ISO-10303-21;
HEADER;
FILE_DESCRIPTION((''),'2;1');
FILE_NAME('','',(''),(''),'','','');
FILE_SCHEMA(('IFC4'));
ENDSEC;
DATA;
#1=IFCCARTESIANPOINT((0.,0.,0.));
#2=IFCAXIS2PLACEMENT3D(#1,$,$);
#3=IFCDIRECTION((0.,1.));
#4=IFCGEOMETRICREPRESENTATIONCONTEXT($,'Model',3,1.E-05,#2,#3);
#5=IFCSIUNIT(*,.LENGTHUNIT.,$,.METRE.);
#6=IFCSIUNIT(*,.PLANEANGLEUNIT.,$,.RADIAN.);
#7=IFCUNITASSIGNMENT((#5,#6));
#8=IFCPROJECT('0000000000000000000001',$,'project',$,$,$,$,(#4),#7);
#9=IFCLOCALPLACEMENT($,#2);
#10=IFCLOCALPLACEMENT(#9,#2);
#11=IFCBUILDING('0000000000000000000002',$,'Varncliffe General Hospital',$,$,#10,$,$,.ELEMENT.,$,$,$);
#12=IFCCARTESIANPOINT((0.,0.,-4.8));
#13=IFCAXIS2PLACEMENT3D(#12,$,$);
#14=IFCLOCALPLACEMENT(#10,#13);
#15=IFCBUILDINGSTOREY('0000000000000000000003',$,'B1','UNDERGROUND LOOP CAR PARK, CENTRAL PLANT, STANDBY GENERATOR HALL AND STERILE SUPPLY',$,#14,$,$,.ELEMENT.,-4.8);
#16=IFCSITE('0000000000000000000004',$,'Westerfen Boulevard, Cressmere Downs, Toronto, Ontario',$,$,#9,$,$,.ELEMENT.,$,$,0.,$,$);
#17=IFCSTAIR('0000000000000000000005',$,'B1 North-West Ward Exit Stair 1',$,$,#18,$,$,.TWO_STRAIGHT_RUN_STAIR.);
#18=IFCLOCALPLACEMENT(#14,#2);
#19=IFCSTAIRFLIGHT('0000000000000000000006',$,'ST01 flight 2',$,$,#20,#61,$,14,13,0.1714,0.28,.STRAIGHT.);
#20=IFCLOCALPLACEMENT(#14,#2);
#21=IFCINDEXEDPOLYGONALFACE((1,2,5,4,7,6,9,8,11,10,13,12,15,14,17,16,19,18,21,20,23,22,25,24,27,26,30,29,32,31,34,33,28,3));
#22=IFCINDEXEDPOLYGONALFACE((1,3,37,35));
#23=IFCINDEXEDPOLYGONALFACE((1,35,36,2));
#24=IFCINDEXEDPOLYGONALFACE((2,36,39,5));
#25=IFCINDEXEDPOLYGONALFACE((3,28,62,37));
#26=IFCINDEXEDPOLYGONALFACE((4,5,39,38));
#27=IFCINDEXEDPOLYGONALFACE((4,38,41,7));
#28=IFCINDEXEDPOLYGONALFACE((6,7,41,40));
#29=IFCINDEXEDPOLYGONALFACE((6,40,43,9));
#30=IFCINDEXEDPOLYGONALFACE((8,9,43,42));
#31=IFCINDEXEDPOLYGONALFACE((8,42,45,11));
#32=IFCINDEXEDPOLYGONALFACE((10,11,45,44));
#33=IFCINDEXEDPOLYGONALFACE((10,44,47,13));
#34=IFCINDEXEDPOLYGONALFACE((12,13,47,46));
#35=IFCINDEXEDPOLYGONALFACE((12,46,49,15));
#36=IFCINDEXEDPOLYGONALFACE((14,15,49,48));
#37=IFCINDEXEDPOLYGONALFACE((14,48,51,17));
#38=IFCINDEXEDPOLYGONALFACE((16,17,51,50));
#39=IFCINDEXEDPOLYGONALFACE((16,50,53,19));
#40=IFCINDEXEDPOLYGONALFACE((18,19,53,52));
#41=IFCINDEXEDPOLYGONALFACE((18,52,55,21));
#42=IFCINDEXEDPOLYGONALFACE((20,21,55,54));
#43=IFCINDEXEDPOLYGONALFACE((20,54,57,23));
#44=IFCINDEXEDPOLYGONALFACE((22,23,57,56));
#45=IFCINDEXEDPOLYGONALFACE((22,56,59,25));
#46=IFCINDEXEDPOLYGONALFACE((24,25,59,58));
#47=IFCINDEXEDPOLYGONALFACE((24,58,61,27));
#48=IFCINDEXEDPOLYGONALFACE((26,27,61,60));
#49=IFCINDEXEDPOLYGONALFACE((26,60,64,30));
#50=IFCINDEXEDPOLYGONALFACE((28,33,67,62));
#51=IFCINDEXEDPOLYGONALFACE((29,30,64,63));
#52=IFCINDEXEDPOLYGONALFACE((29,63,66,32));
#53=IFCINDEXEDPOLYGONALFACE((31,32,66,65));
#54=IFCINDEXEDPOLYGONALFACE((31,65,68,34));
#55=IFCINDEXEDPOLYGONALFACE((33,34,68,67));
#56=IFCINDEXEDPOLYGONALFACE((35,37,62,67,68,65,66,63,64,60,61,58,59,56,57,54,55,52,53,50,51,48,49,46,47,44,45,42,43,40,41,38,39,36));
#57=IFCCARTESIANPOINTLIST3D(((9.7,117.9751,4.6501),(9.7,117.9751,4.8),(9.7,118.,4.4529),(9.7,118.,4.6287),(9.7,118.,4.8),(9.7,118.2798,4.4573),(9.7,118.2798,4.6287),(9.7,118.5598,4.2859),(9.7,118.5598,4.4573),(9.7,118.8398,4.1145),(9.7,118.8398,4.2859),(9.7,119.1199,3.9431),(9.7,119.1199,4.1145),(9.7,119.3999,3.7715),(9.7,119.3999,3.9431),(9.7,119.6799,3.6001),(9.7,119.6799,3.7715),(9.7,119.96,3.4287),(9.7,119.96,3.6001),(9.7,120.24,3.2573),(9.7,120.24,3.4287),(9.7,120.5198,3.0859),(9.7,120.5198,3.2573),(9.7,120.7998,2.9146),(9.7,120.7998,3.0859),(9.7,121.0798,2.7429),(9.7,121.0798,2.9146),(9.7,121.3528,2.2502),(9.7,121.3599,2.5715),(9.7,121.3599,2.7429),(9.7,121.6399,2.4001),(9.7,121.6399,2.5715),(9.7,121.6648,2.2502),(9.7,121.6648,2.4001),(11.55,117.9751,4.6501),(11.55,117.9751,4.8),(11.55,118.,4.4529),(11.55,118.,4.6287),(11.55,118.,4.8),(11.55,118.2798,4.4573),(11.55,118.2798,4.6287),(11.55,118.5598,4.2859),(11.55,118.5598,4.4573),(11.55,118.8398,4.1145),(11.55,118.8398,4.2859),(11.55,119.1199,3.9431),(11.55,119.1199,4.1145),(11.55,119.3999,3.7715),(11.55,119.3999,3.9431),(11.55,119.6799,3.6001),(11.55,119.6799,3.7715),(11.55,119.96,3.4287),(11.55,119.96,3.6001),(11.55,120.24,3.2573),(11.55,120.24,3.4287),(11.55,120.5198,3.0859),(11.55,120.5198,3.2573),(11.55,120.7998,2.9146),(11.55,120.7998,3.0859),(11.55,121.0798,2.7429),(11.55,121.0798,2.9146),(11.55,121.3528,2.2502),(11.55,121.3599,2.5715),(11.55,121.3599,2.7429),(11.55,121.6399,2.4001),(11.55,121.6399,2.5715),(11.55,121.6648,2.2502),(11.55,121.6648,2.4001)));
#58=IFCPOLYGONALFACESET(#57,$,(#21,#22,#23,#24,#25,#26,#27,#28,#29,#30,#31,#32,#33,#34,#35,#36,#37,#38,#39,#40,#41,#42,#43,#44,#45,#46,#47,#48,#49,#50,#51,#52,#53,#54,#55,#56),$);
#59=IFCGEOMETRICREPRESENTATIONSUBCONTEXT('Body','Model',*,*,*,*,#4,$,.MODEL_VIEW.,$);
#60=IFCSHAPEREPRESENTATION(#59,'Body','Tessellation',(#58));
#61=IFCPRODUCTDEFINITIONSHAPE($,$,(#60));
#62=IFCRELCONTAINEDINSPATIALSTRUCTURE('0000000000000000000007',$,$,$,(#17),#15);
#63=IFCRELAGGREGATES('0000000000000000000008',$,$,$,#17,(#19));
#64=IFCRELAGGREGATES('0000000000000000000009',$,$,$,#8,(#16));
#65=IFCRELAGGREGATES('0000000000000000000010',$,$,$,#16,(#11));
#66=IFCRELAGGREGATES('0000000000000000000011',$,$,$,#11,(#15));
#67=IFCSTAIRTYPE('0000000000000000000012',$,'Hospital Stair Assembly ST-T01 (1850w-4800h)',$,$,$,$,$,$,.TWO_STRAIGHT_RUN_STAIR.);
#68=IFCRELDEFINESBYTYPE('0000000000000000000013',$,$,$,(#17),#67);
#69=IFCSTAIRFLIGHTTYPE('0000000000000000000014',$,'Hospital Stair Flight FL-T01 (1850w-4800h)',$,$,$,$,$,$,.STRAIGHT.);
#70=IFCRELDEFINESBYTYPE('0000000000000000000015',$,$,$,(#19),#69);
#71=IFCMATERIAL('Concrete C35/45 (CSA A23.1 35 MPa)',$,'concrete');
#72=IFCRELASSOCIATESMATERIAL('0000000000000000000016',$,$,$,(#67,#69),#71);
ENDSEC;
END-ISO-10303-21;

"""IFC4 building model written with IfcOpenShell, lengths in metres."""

from ifc_helpers import new_model, si_unit, direction, frame, origin, place, context, subcontext, project, spatial, polyline, outline, extrude, material, type_object, element, aggregate, save


model = new_model("IFC4")

# Units and contexts
model_context = context("Model", 3, precision=1e-05, world=origin(), true_north=direction((0.0, 1.0)))
body_context = subcontext(model_context, "Body", "Model", "MODEL_VIEW")
ifc_project = project(units=[si_unit("LENGTHUNIT", "METRE"), si_unit("PLANEANGLEUNIT", "RADIAN")], contexts=[model_context])

# Site, building, storey
site_placement = place(None, origin())
site = spatial("IfcSite", under=ifc_project, at=site_placement, Name="Westerfen Boulevard, Cressmere Downs, Toronto, Ontario", CompositionType="ELEMENT", RefElevation=0.0)
building_placement = place(site_placement, origin())
building = spatial("IfcBuilding", under=site, at=building_placement, Name="Varncliffe General Hospital", CompositionType="ELEMENT")
storey_placement = place(building_placement, frame((0.0, 0.0, -4.8)))
storey = spatial("IfcBuildingStorey", under=building, at=storey_placement, Name="B1", Description="UNDERGROUND LOOP CAR PARK, CENTRAL PLANT, STANDBY GENERATOR HALL AND STERILE SUPPLY", CompositionType="ELEMENT", Elevation=-4.8)

# Shared definitions
ifc_material_1 = material(Name="Concrete C35/45 (CSA A23.1 35 MPa)", Category="concrete")

# Stair, stair flight
stair_type = type_object("IfcStairType", Name="Hospital Stair Assembly ST-T01 (1850w-4800h)", PredefinedType="TWO_STRAIGHT_RUN_STAIR", material=ifc_material_1)
stair_placement = place(storey_placement, origin())
stair = element("IfcStair", 1, at=stair_placement, inside=storey, type_object=stair_type, Name="B1 North-West Ward Exit Stair 1", PredefinedType="TWO_STRAIGHT_RUN_STAIR")
stair_flight_type = type_object("IfcStairFlightType", Name="Hospital Stair Flight FL-T01 (1850w-4800h)", PredefinedType="STRAIGHT", material=ifc_material_1)
stair_flight_1_placement = place(storey_placement, frame((10.625, 121.6399, 2.4001), z_axis=(0.0, 0.0, 1.0), x_axis=(0.0, -1.0, 0.0)))
stair_flight_1 = element("IfcStairFlight", 2, at=stair_flight_1_placement, type_object=stair_flight_type, Name="ST01 flight 2", NumberOfRisers=14, NumberOfTreads=13, PredefinedType="STRAIGHT", RiserHeight=0.1714, TreadLength=0.28, context=body_context, shape_type="SweptSolid", body=[
    extrude(outline(polyline([(-0.0249, -0.1499), (-0.0249, 0.0), (0.0, 0.0), (0.0, 0.1714), (0.28, 0.1714), (0.28, 0.3428), (0.5601, 0.3428), (0.5601, 0.5144), (0.8401, 0.5144), (0.8401, 0.6858), (1.1201, 0.6858), (1.1201, 0.8572), (1.3999, 0.8572), (1.3999, 1.0286), (1.6799, 1.0286), (1.6799, 1.2), (1.96, 1.2), (1.96, 1.3713), (2.24, 1.3713), (2.24, 1.543), (2.52, 1.543), (2.52, 1.7144), (2.8, 1.7144), (2.8, 1.8857), (3.0801, 1.8857), (3.0801, 2.0571), (3.3601, 2.0571), (3.3601, 2.2285), (3.6399, 2.2285), (3.6399, 2.3999), (3.6648, 2.3999), (3.6648, 2.25), (3.6399, 2.0527), (0.2871, -0.1499), (-0.0249, -0.1499)])), frame((0.0, 0.925, 0.0), z_axis=(0.0, -1.0, 0.0), x_axis=(1.0, 0.0, 0.0)), (0.0, 0.0, 1.0), 1.8501),
])
aggregate(stair, [stair_flight_1])

save(model, "model.ifc")
